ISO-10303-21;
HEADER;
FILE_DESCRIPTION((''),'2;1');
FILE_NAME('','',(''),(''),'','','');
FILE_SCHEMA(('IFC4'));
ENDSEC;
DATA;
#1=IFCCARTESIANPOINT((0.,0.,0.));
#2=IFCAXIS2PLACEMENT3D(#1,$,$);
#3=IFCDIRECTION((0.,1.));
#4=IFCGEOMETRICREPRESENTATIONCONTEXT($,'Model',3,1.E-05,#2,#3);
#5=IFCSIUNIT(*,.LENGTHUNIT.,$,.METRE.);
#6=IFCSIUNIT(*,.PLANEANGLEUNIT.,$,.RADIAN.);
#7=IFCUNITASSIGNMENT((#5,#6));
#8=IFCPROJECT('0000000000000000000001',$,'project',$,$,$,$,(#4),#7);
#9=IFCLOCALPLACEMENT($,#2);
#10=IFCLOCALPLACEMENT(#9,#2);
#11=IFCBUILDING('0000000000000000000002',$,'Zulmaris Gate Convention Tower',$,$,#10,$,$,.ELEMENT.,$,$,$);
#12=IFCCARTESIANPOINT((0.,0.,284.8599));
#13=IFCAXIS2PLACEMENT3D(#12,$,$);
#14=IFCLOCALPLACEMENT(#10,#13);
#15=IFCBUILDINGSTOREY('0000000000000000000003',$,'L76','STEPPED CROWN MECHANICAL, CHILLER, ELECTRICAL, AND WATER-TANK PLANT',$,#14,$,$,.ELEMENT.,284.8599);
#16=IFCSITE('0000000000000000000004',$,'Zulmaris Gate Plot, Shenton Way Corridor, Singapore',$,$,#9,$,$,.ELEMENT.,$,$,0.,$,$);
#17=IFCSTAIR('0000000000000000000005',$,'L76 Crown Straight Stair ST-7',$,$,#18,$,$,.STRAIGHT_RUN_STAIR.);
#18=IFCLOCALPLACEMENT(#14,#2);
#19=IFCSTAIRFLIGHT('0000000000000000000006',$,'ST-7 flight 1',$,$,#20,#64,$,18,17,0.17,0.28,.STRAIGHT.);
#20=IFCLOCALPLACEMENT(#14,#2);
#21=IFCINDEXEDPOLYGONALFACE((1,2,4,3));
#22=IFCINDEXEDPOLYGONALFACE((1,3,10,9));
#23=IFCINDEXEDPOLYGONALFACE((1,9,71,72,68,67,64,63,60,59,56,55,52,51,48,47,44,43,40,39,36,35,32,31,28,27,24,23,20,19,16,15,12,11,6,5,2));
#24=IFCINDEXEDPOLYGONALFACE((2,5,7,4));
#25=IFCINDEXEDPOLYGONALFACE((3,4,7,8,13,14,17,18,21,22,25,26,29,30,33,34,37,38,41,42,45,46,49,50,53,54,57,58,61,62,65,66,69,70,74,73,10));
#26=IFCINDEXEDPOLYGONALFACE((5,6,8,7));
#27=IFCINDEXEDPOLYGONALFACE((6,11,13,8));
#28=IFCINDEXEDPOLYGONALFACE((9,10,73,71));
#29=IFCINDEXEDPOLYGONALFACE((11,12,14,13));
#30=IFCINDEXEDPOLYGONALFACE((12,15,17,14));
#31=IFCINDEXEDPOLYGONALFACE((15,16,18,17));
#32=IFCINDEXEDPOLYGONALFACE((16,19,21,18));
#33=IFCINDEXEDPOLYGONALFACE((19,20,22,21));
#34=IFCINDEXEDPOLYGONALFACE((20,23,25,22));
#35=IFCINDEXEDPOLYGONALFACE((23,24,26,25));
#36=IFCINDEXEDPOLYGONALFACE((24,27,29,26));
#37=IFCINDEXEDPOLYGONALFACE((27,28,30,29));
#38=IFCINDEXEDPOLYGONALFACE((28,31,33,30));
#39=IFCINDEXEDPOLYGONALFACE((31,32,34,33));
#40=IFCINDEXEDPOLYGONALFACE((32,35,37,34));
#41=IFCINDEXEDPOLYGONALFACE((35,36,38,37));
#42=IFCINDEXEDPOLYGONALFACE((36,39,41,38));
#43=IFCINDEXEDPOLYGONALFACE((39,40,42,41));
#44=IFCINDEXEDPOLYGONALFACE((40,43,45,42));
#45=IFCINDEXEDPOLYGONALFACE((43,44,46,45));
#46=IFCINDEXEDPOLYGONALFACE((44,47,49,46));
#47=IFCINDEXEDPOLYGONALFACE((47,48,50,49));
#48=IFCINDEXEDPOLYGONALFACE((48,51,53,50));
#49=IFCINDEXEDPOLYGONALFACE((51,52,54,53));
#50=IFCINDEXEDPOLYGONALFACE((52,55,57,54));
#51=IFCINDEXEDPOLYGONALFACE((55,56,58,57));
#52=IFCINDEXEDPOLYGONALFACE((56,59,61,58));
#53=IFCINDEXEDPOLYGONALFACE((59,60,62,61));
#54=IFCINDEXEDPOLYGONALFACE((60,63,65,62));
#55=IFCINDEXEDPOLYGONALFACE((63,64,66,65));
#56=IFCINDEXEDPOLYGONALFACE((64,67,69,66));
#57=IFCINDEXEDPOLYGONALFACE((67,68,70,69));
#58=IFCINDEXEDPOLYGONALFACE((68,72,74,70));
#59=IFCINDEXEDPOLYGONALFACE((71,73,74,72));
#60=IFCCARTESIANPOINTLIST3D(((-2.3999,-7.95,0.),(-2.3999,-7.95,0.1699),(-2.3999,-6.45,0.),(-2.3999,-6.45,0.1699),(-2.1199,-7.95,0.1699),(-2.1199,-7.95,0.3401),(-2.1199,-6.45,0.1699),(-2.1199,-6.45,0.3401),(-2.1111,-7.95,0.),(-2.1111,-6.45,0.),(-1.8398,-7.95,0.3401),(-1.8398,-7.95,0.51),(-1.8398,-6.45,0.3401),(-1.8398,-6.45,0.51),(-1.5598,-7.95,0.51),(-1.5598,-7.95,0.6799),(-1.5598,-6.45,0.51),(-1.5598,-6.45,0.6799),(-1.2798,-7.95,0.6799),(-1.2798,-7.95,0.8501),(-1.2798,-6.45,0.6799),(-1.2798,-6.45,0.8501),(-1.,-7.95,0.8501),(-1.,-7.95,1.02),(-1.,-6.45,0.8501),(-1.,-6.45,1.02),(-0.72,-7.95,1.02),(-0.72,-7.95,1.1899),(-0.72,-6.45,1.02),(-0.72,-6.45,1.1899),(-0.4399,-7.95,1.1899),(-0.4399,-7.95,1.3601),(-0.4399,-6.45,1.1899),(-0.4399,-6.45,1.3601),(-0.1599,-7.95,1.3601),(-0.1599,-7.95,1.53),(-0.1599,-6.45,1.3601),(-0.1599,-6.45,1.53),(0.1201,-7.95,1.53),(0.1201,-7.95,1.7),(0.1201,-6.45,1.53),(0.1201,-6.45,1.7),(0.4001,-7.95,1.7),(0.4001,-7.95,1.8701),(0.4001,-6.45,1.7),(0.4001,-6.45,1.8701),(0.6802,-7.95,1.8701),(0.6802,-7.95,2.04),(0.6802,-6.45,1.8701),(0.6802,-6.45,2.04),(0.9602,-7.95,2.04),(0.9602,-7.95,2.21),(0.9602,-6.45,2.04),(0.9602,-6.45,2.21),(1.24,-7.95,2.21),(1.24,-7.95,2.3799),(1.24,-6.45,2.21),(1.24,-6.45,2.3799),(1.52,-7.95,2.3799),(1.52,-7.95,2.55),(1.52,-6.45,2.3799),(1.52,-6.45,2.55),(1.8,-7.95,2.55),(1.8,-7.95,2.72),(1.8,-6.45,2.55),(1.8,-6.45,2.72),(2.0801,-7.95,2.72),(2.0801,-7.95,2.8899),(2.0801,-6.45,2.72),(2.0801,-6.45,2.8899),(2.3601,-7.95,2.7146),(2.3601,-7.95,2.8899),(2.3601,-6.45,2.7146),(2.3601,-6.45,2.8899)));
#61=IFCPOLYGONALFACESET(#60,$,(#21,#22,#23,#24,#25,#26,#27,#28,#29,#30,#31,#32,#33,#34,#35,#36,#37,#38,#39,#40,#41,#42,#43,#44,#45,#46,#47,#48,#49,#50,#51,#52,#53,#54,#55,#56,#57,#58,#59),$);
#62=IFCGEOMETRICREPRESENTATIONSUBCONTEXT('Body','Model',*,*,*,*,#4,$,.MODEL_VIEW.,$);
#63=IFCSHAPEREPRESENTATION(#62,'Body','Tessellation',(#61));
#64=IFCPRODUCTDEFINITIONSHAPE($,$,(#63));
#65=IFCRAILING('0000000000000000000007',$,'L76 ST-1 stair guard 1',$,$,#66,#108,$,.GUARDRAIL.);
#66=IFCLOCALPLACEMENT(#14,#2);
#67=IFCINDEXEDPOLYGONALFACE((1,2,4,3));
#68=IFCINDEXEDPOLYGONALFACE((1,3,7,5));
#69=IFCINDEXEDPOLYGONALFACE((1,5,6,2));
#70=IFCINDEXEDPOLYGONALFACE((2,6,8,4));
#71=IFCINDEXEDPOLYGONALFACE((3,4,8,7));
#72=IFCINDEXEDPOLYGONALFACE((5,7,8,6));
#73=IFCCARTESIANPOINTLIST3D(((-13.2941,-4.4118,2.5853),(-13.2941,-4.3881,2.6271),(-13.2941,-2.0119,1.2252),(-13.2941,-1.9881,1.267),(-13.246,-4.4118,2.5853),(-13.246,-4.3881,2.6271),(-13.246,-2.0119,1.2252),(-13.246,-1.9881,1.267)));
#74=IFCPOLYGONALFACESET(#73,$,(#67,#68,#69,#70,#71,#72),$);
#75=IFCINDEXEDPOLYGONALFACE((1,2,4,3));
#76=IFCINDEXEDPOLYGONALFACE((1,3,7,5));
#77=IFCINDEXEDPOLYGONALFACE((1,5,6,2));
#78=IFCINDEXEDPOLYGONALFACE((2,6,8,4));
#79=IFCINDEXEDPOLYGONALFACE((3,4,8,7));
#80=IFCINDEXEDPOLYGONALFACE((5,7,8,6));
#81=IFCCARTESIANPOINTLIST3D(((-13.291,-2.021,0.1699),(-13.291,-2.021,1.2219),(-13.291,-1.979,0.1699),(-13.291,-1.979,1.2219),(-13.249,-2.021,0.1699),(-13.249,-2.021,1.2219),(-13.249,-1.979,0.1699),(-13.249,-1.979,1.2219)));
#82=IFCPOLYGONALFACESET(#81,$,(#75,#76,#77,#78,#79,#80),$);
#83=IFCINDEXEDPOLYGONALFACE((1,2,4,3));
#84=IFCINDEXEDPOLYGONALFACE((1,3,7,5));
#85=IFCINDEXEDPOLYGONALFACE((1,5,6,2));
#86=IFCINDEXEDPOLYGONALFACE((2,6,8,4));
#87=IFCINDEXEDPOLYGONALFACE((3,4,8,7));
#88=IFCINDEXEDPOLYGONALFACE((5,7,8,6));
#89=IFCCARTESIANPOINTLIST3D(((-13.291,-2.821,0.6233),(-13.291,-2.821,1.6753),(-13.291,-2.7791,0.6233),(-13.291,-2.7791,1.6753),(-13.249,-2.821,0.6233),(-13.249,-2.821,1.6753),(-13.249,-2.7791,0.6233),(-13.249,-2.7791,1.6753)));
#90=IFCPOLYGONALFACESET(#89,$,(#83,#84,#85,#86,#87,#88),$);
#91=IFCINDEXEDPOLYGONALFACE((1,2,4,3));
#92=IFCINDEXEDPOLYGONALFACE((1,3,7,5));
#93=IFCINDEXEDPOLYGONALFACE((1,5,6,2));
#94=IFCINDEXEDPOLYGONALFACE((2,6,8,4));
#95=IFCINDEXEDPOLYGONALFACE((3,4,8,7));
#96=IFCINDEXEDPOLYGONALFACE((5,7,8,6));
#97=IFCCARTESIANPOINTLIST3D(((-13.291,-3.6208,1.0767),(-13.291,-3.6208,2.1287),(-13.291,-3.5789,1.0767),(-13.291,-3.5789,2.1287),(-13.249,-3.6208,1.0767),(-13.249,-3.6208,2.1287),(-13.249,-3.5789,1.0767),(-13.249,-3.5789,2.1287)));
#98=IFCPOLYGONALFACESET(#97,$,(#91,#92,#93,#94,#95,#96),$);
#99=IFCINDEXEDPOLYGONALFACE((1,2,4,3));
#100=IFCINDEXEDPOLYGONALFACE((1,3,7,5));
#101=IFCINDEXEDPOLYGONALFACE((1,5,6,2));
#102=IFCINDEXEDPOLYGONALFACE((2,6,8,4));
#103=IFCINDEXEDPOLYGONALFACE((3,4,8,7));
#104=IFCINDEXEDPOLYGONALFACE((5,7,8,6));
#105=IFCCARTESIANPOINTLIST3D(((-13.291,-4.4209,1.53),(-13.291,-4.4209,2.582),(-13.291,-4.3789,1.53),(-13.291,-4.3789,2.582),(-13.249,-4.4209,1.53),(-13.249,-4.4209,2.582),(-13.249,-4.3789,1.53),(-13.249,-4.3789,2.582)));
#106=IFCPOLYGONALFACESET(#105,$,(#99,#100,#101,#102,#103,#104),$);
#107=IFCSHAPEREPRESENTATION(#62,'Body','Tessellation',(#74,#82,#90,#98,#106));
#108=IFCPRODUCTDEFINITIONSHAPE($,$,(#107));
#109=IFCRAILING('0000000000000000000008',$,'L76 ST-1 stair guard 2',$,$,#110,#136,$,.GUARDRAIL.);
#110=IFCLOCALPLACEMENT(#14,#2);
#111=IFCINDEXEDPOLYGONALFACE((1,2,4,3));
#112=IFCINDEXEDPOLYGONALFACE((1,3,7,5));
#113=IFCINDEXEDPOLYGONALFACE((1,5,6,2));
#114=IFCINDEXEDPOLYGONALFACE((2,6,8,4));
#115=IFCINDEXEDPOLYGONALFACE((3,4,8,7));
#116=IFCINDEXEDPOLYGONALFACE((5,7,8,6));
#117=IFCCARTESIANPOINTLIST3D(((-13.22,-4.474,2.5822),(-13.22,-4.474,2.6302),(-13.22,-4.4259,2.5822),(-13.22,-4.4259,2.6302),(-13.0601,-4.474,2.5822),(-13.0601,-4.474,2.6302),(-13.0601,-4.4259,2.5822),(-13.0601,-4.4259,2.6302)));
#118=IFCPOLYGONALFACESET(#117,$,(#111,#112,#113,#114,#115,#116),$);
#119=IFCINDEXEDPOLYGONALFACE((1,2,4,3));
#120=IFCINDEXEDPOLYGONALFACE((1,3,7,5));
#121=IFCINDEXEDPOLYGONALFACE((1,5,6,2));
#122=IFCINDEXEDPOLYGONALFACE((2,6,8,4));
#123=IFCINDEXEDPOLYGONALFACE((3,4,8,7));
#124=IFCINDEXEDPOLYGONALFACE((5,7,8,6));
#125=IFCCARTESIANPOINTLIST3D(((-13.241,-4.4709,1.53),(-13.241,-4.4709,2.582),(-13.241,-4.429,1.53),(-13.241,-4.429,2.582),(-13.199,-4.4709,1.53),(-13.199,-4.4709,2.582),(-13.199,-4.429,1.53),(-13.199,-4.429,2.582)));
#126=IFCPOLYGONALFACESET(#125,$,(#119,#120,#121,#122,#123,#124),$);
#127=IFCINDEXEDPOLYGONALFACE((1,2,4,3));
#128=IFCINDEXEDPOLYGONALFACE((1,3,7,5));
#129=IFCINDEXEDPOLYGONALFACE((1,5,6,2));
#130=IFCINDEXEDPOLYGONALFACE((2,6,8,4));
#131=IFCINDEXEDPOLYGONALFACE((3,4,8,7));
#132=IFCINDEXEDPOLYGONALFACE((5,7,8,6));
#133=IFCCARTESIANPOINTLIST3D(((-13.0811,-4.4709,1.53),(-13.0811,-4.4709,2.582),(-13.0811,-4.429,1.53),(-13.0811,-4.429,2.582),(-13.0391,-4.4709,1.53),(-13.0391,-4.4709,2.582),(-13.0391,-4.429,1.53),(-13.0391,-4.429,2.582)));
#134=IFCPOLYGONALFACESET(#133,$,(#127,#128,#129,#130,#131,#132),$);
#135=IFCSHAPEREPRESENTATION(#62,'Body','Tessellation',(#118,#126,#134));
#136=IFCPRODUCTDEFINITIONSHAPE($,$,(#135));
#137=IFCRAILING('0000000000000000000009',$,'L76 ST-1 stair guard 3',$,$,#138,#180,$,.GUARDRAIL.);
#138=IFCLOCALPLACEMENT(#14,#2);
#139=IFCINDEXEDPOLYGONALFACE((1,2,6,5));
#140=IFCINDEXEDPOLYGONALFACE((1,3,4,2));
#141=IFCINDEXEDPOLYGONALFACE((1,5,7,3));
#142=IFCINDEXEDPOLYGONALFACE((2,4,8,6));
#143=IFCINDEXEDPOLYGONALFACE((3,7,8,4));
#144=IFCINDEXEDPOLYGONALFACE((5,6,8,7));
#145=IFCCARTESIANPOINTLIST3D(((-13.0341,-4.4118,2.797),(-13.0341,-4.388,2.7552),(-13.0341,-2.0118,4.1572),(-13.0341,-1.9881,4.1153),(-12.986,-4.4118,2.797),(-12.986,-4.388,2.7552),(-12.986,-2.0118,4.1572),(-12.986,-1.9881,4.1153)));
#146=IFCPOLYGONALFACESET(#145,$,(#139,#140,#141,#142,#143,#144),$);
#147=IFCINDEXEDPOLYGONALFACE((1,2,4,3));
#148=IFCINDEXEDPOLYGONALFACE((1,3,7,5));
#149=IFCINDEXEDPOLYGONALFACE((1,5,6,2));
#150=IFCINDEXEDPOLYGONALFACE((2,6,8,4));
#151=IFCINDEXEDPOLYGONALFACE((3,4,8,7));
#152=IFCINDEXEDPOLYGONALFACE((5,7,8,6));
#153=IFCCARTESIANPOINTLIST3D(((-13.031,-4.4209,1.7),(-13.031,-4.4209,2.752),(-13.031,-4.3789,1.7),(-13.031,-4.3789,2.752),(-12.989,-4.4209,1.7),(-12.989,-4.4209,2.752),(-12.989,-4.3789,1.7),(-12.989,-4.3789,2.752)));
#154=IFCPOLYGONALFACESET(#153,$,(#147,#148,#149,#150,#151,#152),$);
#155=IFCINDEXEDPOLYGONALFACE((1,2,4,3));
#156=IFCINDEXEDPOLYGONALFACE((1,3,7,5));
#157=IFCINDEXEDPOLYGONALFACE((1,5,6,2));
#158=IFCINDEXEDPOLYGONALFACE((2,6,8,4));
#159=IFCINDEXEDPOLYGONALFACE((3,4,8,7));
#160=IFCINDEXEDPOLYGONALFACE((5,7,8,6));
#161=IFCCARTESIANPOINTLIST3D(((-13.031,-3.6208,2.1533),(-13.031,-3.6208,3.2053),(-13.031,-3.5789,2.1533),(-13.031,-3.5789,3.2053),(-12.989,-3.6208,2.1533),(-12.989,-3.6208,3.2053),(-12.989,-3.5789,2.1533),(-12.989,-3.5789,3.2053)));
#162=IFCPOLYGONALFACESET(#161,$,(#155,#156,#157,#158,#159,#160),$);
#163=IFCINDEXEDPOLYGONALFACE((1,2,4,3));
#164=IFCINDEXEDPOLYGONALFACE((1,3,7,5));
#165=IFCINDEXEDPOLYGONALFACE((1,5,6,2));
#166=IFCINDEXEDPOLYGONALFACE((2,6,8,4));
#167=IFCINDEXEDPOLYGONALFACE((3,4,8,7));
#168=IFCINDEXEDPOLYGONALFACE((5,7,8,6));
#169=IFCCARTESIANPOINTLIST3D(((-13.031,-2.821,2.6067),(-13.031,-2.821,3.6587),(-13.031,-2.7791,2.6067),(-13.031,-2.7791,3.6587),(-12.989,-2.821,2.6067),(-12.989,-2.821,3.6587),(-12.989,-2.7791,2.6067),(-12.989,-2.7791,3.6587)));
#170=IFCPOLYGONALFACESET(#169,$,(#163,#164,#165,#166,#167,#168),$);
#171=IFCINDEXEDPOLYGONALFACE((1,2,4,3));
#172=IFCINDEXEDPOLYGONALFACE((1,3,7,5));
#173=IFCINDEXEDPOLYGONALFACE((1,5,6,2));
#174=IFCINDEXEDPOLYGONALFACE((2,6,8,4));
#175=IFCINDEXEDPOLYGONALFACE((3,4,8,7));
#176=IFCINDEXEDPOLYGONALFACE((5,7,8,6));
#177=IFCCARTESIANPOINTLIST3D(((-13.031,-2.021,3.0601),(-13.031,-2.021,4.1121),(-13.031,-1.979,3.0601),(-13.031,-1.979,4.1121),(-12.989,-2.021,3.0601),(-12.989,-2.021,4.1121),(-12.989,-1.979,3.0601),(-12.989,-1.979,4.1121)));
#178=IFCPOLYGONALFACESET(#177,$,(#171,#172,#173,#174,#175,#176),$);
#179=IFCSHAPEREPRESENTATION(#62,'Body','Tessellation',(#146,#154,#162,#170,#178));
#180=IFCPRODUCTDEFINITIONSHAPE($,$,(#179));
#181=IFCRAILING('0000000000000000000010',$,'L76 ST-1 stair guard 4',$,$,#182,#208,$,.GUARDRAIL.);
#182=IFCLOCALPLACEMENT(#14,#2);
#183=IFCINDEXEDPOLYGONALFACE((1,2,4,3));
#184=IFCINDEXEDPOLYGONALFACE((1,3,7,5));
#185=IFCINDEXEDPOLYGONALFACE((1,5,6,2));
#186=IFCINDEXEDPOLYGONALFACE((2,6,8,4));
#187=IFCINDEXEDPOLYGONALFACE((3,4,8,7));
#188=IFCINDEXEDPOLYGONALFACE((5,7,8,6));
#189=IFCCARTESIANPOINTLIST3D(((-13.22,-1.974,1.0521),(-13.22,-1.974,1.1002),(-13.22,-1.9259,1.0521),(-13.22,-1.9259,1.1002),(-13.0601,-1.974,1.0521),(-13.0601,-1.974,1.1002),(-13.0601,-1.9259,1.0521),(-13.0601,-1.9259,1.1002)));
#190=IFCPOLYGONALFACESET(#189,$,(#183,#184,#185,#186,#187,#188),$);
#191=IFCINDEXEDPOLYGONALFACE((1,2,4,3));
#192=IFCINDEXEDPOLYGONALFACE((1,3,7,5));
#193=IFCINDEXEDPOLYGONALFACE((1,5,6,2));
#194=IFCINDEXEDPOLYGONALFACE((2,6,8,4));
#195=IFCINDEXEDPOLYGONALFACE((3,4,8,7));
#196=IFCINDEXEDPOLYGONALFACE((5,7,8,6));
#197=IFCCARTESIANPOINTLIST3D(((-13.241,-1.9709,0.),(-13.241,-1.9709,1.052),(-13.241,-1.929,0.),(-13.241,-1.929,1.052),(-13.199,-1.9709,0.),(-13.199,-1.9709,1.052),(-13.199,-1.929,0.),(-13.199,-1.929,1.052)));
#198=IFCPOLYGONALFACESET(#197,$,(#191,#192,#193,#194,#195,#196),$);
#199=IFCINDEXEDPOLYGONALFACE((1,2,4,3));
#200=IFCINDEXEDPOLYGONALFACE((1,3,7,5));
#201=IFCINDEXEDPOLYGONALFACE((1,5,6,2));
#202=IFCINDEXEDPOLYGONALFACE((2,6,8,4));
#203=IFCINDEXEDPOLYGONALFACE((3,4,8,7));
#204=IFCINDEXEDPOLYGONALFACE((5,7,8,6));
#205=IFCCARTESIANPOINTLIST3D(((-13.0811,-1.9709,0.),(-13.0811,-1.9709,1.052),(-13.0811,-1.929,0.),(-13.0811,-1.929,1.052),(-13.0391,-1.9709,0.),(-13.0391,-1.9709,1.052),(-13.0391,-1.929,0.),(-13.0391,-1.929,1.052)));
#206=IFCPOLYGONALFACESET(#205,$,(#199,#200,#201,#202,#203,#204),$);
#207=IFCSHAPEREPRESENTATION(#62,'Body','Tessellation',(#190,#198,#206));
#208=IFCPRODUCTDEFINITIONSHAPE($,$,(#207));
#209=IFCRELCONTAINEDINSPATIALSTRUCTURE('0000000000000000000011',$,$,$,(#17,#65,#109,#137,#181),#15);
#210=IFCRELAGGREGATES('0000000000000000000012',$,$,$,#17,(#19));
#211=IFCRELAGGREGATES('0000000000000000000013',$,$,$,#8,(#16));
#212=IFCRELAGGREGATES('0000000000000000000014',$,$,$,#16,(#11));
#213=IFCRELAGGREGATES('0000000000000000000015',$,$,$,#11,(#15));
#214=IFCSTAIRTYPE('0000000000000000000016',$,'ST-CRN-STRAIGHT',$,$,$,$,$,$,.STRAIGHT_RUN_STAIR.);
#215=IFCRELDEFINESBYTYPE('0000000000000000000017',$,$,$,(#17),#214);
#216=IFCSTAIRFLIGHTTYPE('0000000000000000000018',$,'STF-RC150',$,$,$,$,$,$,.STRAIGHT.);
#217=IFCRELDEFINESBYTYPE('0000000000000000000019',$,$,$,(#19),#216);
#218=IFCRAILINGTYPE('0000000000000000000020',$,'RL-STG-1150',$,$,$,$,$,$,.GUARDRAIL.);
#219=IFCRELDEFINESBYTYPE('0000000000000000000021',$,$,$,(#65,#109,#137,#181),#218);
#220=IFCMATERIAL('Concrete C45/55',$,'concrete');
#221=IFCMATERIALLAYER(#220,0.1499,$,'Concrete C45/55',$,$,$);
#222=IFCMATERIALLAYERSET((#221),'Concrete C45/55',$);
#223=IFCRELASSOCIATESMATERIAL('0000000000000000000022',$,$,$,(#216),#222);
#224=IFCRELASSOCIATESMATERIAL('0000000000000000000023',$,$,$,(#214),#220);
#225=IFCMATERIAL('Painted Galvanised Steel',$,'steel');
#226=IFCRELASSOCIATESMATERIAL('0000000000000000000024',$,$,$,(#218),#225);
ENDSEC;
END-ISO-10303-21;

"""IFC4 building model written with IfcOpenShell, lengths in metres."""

from ifc_helpers import new_model, si_unit, direction, frame, origin, origin_2d, place, context, subcontext, project, spatial, polyline, rectangle, outline, extrude, material, layer, layer_set, type_object, element, aggregate, save


model = new_model("IFC4")

# Units and contexts
model_context = context("Model", 3, precision=1e-05, world=origin(), true_north=direction((0.0, 1.0)))
body_context = subcontext(model_context, "Body", "Model", "MODEL_VIEW")
ifc_project = project(units=[si_unit("LENGTHUNIT", "METRE"), si_unit("PLANEANGLEUNIT", "RADIAN")], contexts=[model_context])

# Site, building, storey
site_placement = place(None, origin())
site = spatial("IfcSite", under=ifc_project, at=site_placement, Name="Zulmaris Gate Plot, Shenton Way Corridor, Singapore", CompositionType="ELEMENT", RefElevation=0.0)
building_placement = place(site_placement, origin())
building = spatial("IfcBuilding", under=site, at=building_placement, Name="Zulmaris Gate Convention Tower", CompositionType="ELEMENT")
storey_placement = place(building_placement, frame((0.0, 0.0, 284.8599)))
storey = spatial("IfcBuildingStorey", under=building, at=storey_placement, Name="L76", Description="STEPPED CROWN MECHANICAL, CHILLER, ELECTRICAL, AND WATER-TANK PLANT", CompositionType="ELEMENT", Elevation=284.8599)

# Shared definitions
ifc_material_1 = material(Name="Concrete C45/55", Category="concrete")
ifc_layer_1 = layer(ifc_material_1, 0.1499, Name="Concrete C45/55")
ifc_layer_set_1 = layer_set([ifc_layer_1], Name="Concrete C45/55")
stair_flight_type = type_object("IfcStairFlightType", Name="STF-RC150", PredefinedType="STRAIGHT", material=ifc_layer_set_1)

# Stair, stair flight
stair_type_1 = type_object("IfcStairType", Name="ST-CRN-STRAIGHT", PredefinedType="STRAIGHT_RUN_STAIR", material=ifc_material_1)
stair_1_placement = place(storey_placement, origin())
stair_1 = element("IfcStair", 1, at=stair_1_placement, inside=storey, type_object=stair_type_1, Name="L76 Crown Straight Stair ST-7", PredefinedType="STRAIGHT_RUN_STAIR")
stair_flight_1_placement = place(storey_placement, frame((-2.3999, -7.2, 0.0), z_axis=(0.0, 0.0, 1.0), x_axis=(1.0, 0.0, 0.0)))
stair_flight_1 = element("IfcStairFlight", 2, at=stair_flight_1_placement, type_object=stair_flight_type, Name="ST-7 flight 1", NumberOfRisers=18, NumberOfTreads=17, PredefinedType="STRAIGHT", RiserHeight=0.17, TreadLength=0.28, context=body_context, shape_type="SweptSolid", body=[
    extrude(outline(polyline([(0.0, 0.0), (0.0, 0.1699), (0.28, 0.1699), (0.28, 0.3401), (0.5601, 0.3401), (0.5601, 0.51), (0.8401, 0.51), (0.8401, 0.6799), (1.1201, 0.6799), (1.1201, 0.8501), (1.3999, 0.8501), (1.3999, 1.02), (1.6799, 1.02), (1.6799, 1.1899), (1.96, 1.1899), (1.96, 1.3601), (2.24, 1.3601), (2.24, 1.53), (2.52, 1.53), (2.52, 1.7), (2.8, 1.7), (2.8, 1.8701), (3.0801, 1.8701), (3.0801, 2.04), (3.3601, 2.04), (3.3601, 2.21), (3.6399, 2.21), (3.6399, 2.3799), (3.9199, 2.3799), (3.9199, 2.55), (4.2, 2.55), (4.2, 2.72), (4.48, 2.72), (4.48, 2.8899), (4.76, 2.8899), (4.76, 3.0601), (4.76, 2.7146), (0.2888, 0.0), (0.0, 0.0)])), frame((0.0, 0.75, 0.0), z_axis=(0.0, -1.0, 0.0), x_axis=(1.0, 0.0, 0.0)), (0.0, 0.0, 1.0), 1.5),
])
aggregate(stair_1, [stair_flight_1])

# Railings
ifc_material_2 = material(Name="Painted Galvanised Steel", Category="steel")
railing_type_1 = type_object("IfcRailingType", Name="RL-STG-1150", PredefinedType="GUARDRAIL", material=ifc_material_2)
railing_1_placement = place(storey_placement, frame((-13.27, -2.0, 0.1699)))
element("IfcRailing", 3, at=railing_1_placement, inside=storey, type_object=railing_type_1, Name="L76 ST-1 stair guard 1", PredefinedType="GUARDRAIL", context=body_context, shape_type="SweptSolid", body=[
    extrude(rectangle(XDim=0.0481, YDim=0.0481, at=origin_2d()), frame((0.0, 0.0, 1.0762), z_axis=(0.0, -0.869997, 0.493057), x_axis=(1.0, 0.0, 0.0)), (0.0, 0.0, 1.0), 2.7585),
    extrude(rectangle(XDim=0.042, YDim=0.042, at=origin_2d()), origin(), (0.0, 0.0, 1.0), 1.052),
    extrude(rectangle(XDim=0.042, YDim=0.042, at=origin_2d()), frame((0.0, -0.8, 0.4534)), (0.0, 0.0, 1.0), 1.052),
    extrude(rectangle(XDim=0.042, YDim=0.042, at=origin_2d()), frame((0.0, -1.5999, 0.9067)), (0.0, 0.0, 1.0), 1.052),
    extrude(rectangle(XDim=0.042, YDim=0.042, at=origin_2d()), frame((0.0, -2.3999, 1.3601)), (0.0, 0.0, 1.0), 1.052),
])
railing_2_placement = place(storey_placement, frame((-13.22, -4.45, 1.53)))
element("IfcRailing", 4, at=railing_2_placement, inside=storey, type_object=railing_type_1, Name="L76 ST-1 stair guard 2", PredefinedType="GUARDRAIL", context=body_context, shape_type="SweptSolid", body=[
    extrude(rectangle(XDim=0.0481, YDim=0.0481, at=origin_2d()), frame((0.0, 0.0, 1.0762), z_axis=(1.0, 0.0, 0.0), x_axis=(0.0, 1.0, 0.0)), (0.0, 0.0, 1.0), 0.1599),
    extrude(rectangle(XDim=0.042, YDim=0.042, at=origin_2d()), origin(), (0.0, 0.0, 1.0), 1.052),
    extrude(rectangle(XDim=0.042, YDim=0.042, at=origin_2d()), frame((0.1599, 0.0, 0.0)), (0.0, 0.0, 1.0), 1.052),
])
railing_3_placement = place(storey_placement, frame((-13.01, -4.3999, 1.7)))
element("IfcRailing", 5, at=railing_3_placement, inside=storey, type_object=railing_type_1, Name="L76 ST-1 stair guard 3", PredefinedType="GUARDRAIL", context=body_context, shape_type="SweptSolid", body=[
    extrude(rectangle(XDim=0.0481, YDim=0.0481, at=origin_2d()), frame((0.0, 0.0, 1.0762), z_axis=(0.0, 0.869997, 0.493057), x_axis=(-1.0, 0.0, 0.0)), (0.0, 0.0, 1.0), 2.7585),
    extrude(rectangle(XDim=0.042, YDim=0.042, at=origin_2d()), origin(), (0.0, 0.0, 1.0), 1.052),
    extrude(rectangle(XDim=0.042, YDim=0.042, at=origin_2d()), frame((0.0, 0.8, 0.4534)), (0.0, 0.0, 1.0), 1.052),
    extrude(rectangle(XDim=0.042, YDim=0.042, at=origin_2d()), frame((0.0, 1.5999, 0.9067)), (0.0, 0.0, 1.0), 1.052),
    extrude(rectangle(XDim=0.042, YDim=0.042, at=origin_2d()), frame((0.0, 2.3999, 1.3601)), (0.0, 0.0, 1.0), 1.052),
])
railing_4_placement = place(storey_placement, frame((-13.22, -1.95, 0.0)))
element("IfcRailing", 6, at=railing_4_placement, inside=storey, type_object=railing_type_1, Name="L76 ST-1 stair guard 4", PredefinedType="GUARDRAIL", context=body_context, shape_type="SweptSolid", body=[
    extrude(rectangle(XDim=0.0481, YDim=0.0481, at=origin_2d()), frame((0.0, 0.0, 1.0762), z_axis=(1.0, 0.0, 0.0), x_axis=(0.0, 1.0, 0.0)), (0.0, 0.0, 1.0), 0.1599),
    extrude(rectangle(XDim=0.042, YDim=0.042, at=origin_2d()), origin(), (0.0, 0.0, 1.0), 1.052),
    extrude(rectangle(XDim=0.042, YDim=0.042, at=origin_2d()), frame((0.1599, 0.0, 0.0)), (0.0, 0.0, 1.0), 1.052),
])

save(model, "model.ifc")
